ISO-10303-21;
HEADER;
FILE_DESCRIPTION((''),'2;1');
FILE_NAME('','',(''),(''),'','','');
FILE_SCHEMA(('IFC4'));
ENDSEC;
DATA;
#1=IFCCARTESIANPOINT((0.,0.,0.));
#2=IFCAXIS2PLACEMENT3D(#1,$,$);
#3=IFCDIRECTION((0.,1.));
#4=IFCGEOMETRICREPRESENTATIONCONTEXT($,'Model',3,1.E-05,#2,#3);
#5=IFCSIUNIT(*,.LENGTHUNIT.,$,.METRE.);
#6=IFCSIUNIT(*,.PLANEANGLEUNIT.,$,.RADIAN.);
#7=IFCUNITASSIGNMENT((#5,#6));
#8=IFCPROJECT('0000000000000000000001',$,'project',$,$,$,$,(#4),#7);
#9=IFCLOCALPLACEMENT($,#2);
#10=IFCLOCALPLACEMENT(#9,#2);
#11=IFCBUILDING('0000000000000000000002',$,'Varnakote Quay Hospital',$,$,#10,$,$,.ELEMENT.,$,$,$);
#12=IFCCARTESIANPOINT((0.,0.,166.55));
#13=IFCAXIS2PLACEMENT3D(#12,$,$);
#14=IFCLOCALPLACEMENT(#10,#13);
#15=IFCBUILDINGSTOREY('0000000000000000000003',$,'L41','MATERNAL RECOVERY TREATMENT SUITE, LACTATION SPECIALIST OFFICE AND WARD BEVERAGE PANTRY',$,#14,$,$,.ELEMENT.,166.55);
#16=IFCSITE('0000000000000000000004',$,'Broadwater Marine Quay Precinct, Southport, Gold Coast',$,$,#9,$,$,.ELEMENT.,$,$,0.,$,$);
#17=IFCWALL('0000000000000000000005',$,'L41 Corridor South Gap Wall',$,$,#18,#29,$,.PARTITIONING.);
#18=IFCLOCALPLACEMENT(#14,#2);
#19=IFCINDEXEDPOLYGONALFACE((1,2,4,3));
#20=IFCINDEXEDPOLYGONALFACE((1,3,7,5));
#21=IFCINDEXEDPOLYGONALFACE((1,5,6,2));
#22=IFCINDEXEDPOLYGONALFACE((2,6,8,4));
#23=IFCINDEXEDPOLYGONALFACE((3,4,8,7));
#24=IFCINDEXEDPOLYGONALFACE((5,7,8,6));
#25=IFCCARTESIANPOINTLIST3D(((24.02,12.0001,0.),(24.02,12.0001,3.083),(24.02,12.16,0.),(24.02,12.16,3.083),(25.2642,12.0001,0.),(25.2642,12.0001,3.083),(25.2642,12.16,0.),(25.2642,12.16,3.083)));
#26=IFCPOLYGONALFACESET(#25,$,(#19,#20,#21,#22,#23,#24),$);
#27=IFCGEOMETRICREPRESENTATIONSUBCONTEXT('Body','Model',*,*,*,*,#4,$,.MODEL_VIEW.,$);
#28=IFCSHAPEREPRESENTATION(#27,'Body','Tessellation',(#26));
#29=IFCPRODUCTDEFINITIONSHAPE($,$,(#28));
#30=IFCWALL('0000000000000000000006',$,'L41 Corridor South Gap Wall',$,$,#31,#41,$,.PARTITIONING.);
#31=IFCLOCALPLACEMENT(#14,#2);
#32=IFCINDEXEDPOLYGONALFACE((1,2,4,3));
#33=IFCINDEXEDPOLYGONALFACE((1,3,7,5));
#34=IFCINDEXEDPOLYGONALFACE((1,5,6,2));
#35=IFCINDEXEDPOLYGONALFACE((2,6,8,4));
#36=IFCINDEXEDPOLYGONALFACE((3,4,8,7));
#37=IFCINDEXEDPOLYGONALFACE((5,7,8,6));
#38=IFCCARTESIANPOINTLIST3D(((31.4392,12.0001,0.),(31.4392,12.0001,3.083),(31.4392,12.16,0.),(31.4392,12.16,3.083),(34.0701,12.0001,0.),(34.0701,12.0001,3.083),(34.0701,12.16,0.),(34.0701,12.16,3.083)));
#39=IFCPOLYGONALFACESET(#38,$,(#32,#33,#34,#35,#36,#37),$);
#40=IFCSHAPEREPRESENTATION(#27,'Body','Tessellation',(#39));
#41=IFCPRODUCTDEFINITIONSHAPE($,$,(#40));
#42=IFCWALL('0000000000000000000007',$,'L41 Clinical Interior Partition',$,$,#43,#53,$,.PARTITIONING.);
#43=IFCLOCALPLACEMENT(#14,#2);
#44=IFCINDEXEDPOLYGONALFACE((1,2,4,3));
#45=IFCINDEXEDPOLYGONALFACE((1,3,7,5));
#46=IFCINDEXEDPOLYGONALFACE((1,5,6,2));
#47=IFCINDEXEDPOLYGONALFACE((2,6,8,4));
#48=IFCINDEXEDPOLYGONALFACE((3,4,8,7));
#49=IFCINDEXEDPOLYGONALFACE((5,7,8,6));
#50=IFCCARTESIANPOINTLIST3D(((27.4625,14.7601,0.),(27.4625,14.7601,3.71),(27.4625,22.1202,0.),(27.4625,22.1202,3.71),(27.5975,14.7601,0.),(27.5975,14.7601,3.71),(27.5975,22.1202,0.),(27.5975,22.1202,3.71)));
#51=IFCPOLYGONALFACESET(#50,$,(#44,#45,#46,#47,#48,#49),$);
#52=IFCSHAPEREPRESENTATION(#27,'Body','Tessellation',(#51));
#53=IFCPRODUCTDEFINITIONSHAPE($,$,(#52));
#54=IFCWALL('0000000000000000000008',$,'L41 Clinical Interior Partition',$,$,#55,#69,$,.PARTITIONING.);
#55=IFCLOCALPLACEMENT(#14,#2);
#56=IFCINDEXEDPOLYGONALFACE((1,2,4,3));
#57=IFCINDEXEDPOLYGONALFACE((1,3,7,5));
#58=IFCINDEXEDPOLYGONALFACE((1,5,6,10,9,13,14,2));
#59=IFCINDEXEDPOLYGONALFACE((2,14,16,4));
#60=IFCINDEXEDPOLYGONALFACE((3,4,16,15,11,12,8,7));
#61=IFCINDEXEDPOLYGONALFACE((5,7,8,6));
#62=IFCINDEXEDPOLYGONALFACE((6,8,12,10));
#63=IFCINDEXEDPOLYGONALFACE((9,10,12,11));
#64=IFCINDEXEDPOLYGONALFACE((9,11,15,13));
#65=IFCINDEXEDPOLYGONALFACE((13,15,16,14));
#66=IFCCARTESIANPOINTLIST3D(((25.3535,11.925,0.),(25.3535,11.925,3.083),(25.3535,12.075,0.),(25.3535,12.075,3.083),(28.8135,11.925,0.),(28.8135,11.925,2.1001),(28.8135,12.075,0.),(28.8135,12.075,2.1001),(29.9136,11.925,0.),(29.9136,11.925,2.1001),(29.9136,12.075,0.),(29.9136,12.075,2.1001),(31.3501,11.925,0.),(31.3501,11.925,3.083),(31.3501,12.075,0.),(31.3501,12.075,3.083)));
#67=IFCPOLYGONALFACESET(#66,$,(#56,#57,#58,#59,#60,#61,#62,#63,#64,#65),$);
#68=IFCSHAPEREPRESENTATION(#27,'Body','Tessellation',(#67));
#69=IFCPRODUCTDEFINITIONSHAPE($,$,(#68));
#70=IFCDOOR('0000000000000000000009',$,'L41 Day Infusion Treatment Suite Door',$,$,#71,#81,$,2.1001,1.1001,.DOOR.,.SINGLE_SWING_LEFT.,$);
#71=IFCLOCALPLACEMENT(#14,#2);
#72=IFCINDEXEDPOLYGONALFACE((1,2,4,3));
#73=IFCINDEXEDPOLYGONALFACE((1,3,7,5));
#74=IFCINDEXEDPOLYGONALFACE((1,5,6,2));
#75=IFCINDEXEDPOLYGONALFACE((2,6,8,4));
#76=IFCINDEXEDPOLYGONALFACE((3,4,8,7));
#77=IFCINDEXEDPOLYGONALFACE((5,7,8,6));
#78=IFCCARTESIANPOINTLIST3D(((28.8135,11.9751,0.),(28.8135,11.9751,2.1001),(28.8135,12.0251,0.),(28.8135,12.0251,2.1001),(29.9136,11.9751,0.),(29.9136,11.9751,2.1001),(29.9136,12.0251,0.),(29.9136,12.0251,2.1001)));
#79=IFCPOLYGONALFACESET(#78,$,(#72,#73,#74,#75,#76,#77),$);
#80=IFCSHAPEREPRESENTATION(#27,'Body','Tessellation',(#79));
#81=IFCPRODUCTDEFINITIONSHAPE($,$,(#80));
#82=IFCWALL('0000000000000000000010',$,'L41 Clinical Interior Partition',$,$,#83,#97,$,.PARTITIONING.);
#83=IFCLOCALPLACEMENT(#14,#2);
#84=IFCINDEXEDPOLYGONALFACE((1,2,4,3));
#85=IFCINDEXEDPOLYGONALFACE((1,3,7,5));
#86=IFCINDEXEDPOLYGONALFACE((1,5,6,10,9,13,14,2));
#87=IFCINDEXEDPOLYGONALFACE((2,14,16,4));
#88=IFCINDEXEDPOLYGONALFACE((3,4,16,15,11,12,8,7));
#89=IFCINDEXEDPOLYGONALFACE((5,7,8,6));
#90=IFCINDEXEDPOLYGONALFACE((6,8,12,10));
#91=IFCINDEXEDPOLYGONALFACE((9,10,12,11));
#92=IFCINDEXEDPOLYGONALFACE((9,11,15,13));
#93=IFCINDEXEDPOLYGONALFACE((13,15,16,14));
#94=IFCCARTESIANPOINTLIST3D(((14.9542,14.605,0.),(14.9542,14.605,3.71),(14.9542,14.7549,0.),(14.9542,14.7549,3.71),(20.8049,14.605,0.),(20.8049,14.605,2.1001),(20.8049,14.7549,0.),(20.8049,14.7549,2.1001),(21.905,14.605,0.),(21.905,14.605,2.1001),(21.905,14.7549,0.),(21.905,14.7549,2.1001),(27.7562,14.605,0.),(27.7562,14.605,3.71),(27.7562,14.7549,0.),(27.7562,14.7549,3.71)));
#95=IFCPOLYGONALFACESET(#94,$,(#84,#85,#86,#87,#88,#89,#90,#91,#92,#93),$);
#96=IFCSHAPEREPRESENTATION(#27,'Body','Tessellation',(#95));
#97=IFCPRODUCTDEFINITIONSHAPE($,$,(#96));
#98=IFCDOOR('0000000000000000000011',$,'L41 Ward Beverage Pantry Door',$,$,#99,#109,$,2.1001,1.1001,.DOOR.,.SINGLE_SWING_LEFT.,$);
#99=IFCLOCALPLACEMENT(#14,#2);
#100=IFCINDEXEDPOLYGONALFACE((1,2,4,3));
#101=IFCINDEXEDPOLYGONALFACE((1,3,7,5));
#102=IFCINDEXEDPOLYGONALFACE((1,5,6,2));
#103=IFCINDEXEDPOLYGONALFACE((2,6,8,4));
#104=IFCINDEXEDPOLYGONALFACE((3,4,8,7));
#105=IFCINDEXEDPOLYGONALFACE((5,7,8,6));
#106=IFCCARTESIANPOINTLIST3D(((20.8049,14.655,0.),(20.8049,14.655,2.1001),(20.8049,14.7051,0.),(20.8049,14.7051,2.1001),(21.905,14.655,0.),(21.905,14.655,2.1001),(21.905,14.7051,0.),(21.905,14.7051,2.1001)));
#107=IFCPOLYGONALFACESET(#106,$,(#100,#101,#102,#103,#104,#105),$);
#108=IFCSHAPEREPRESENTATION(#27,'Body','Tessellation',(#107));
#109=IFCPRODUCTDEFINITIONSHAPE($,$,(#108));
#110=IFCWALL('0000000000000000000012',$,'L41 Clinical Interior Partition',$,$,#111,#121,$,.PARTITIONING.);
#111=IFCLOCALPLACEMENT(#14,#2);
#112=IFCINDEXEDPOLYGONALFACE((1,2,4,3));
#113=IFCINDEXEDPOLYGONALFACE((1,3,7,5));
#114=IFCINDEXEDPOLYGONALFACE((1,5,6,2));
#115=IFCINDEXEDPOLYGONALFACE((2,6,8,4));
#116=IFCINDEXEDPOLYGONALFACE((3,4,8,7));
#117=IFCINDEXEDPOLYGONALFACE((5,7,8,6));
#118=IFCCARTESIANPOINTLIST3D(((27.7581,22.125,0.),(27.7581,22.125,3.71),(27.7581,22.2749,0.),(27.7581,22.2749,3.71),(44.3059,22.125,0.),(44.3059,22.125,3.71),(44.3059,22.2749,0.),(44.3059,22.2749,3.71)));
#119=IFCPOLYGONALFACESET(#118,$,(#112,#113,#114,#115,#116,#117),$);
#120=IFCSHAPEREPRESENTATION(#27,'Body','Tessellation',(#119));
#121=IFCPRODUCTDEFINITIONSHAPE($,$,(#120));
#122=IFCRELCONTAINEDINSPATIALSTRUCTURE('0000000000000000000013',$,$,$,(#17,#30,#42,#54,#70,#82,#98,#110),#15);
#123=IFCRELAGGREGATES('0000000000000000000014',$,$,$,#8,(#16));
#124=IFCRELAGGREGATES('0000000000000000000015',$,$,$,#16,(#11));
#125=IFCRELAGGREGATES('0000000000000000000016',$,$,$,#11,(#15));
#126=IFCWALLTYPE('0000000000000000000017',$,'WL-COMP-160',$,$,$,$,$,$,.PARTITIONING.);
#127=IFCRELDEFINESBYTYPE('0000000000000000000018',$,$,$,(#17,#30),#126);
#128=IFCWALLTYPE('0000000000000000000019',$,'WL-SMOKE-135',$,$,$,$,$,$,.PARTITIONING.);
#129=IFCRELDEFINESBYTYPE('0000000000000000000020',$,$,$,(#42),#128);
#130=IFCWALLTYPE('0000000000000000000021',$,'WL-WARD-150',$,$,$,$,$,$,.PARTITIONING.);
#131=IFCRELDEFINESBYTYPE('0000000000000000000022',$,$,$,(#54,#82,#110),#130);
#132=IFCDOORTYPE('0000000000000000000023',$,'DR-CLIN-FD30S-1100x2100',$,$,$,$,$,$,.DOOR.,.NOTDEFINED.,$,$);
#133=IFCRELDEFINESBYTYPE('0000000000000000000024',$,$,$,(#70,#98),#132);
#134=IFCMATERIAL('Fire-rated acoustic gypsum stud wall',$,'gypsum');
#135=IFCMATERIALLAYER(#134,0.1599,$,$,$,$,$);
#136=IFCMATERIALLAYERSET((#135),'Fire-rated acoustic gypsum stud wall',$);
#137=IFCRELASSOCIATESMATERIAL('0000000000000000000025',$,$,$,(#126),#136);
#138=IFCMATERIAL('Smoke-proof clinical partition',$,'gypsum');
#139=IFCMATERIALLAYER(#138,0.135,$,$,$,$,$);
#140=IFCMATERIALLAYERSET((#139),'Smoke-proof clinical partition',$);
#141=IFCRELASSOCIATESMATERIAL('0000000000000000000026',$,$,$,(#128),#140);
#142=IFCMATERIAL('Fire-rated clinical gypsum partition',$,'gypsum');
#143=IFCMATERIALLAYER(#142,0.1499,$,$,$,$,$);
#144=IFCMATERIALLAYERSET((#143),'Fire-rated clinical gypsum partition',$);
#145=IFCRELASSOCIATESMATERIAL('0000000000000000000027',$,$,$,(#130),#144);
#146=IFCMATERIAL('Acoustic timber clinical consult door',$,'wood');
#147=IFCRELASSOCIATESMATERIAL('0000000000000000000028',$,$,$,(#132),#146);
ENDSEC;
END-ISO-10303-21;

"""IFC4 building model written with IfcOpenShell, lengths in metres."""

from ifc_helpers import new_model, si_unit, direction, frame, frame_2d, origin, place, context, subcontext, project, spatial, rectangle, extrude, material, layer, layer_set, type_object, element, fill, save


model = new_model("IFC4")

# Units and contexts
model_context = context("Model", 3, precision=1e-05, world=origin(), true_north=direction((0.0, 1.0)))
body_context = subcontext(model_context, "Body", "Model", "MODEL_VIEW")
ifc_project = project(units=[si_unit("LENGTHUNIT", "METRE"), si_unit("PLANEANGLEUNIT", "RADIAN")], contexts=[model_context])

# Site, building, storey
site_placement = place(None, origin())
site = spatial("IfcSite", under=ifc_project, at=site_placement, Name="Broadwater Marine Quay Precinct, Southport, Gold Coast", CompositionType="ELEMENT", RefElevation=0.0)
building_placement = place(site_placement, origin())
building = spatial("IfcBuilding", under=site, at=building_placement, Name="Varnakote Quay Hospital", CompositionType="ELEMENT")
storey_placement = place(building_placement, frame((0.0, 0.0, 166.55)))
storey = spatial("IfcBuildingStorey", under=building, at=storey_placement, Name="L41", Description="MATERNAL RECOVERY TREATMENT SUITE, LACTATION SPECIALIST OFFICE AND WARD BEVERAGE PANTRY", CompositionType="ELEMENT", Elevation=166.55)

# Walls
ifc_material_1 = material(Name="Fire-rated acoustic gypsum stud wall", Category="gypsum")
ifc_layer_1 = layer(ifc_material_1, 0.1599)
ifc_layer_set_1 = layer_set([ifc_layer_1], Name="Fire-rated acoustic gypsum stud wall")
wall_type_1 = type_object("IfcWallType", Name="WL-COMP-160", PredefinedType="PARTITIONING", material=ifc_layer_set_1)
wall_1_placement = place(storey_placement, frame((24.02, 12.0801, 0.0), z_axis=(0.0, 0.0, 1.0), x_axis=(1.0, 0.0, 0.0)))
element("IfcWall", 1, at=wall_1_placement, inside=storey, type_object=wall_type_1, Name="L41 Corridor South Gap Wall", PredefinedType="PARTITIONING", context=body_context, shape_type="SweptSolid", body=[
    extrude(rectangle(XDim=1.2441, YDim=0.1599, at=frame_2d((0.6221, 0.0))), origin(), (0.0, 0.0, 1.0), 3.083),
])
wall_2_placement = place(storey_placement, frame((31.4392, 12.0801, 0.0), z_axis=(0.0, 0.0, 1.0), x_axis=(1.0, 0.0, 0.0)))
element("IfcWall", 2, at=wall_2_placement, inside=storey, type_object=wall_type_1, Name="L41 Corridor South Gap Wall", PredefinedType="PARTITIONING", context=body_context, shape_type="SweptSolid", body=[
    extrude(rectangle(XDim=2.6309, YDim=0.1599, at=frame_2d((1.3154, 0.0))), origin(), (0.0, 0.0, 1.0), 3.083),
])
ifc_material_2 = material(Name="Smoke-proof clinical partition", Category="gypsum")
ifc_layer_2 = layer(ifc_material_2, 0.135)
ifc_layer_set_2 = layer_set([ifc_layer_2], Name="Smoke-proof clinical partition")
wall_type_2 = type_object("IfcWallType", Name="WL-SMOKE-135", PredefinedType="PARTITIONING", material=ifc_layer_set_2)
wall_3_placement = place(storey_placement, frame((27.53, 14.76, 0.0), z_axis=(0.0, 0.0, 1.0), x_axis=(0.0, 1.0, 0.0)))
element("IfcWall", 3, at=wall_3_placement, inside=storey, type_object=wall_type_2, Name="L41 Clinical Interior Partition", PredefinedType="PARTITIONING", context=body_context, shape_type="SweptSolid", body=[
    extrude(rectangle(XDim=7.3601, YDim=0.135, at=frame_2d((3.6802, 0.0))), origin(), (0.0, 0.0, 1.0), 3.71),
])

# Walls, openings, doors
ifc_material_3 = material(Name="Fire-rated clinical gypsum partition", Category="gypsum")
ifc_layer_3 = layer(ifc_material_3, 0.1499)
ifc_layer_set_3 = layer_set([ifc_layer_3], Name="Fire-rated clinical gypsum partition")
wall_type_3 = type_object("IfcWallType", Name="WL-WARD-150", PredefinedType="PARTITIONING", material=ifc_layer_set_3)
wall_4_placement = place(storey_placement, frame((31.3501, 12.0, 0.0), z_axis=(0.0, 0.0, 1.0), x_axis=(-1.0, 0.0, 0.0)))
wall_4 = element("IfcWall", 4, at=wall_4_placement, inside=storey, type_object=wall_type_3, Name="L41 Clinical Interior Partition", PredefinedType="PARTITIONING", context=body_context, shape_type="SweptSolid", body=[
    extrude(rectangle(XDim=5.9966, YDim=0.1499, at=frame_2d((2.9983, 0.0))), origin(), (0.0, 0.0, 1.0), 3.083),
])
opening_1_placement = place(wall_4_placement, frame((1.4365, 0.0, 0.0)))
opening_1 = element("IfcOpeningElement", 5, at=opening_1_placement, cuts=wall_4, PredefinedType="OPENING", context=body_context, shape_type="SweptSolid", body=[
    extrude(rectangle(XDim=1.1001, YDim=2.1001, at=frame_2d((0.55, 1.05))), frame((0.0, 0.085, 0.0), z_axis=(0.0, -1.0, 0.0), x_axis=(1.0, 0.0, 0.0)), (0.0, 0.0, 1.0), 0.1699),
])
ifc_material_4 = material(Name="Acoustic timber clinical consult door", Category="wood")
door_type = type_object("IfcDoorType", Name="DR-CLIN-FD30S-1100x2100", OperationType="NOTDEFINED", PredefinedType="DOOR", material=ifc_material_4)
door_1_placement = place(opening_1_placement, origin())
door_1 = element("IfcDoor", 6, at=door_1_placement, inside=storey, type_object=door_type, Name="L41 Day Infusion Treatment Suite Door", OperationType="SINGLE_SWING_LEFT", OverallHeight=2.1001, OverallWidth=1.1001, PredefinedType="DOOR", context=body_context, shape_type="SweptSolid", body=[
    extrude(rectangle(XDim=1.1001, YDim=2.1001, at=frame_2d((0.55, 1.05))), frame((0.0, 0.0249, 0.0), z_axis=(0.0, -1.0, 0.0), x_axis=(1.0, 0.0, 0.0)), (0.0, 0.0, 1.0), 0.05),
])
fill(opening_1, door_1)
wall_5_placement = place(storey_placement, frame((27.7561, 14.6799, 0.0), z_axis=(0.0, 0.0, 1.0), x_axis=(-1.0, 0.0, 0.0)))
wall_5 = element("IfcWall", 7, at=wall_5_placement, inside=storey, type_object=wall_type_3, Name="L41 Clinical Interior Partition", PredefinedType="PARTITIONING", context=body_context, shape_type="SweptSolid", body=[
    extrude(rectangle(XDim=12.802, YDim=0.1499, at=frame_2d((6.4009, 0.0))), origin(), (0.0, 0.0, 1.0), 3.71),
])
opening_2_placement = place(wall_5_placement, frame((5.8511, 0.0, 0.0)))
opening_2 = element("IfcOpeningElement", 8, at=opening_2_placement, cuts=wall_5, PredefinedType="OPENING", context=body_context, shape_type="SweptSolid", body=[
    extrude(rectangle(XDim=1.1001, YDim=2.1001, at=frame_2d((0.55, 1.05))), frame((0.0, 0.085, 0.0), z_axis=(0.0, -1.0, 0.0), x_axis=(1.0, 0.0, 0.0)), (0.0, 0.0, 1.0), 0.1699),
])
door_2_placement = place(opening_2_placement, origin())
door_2 = element("IfcDoor", 9, at=door_2_placement, inside=storey, type_object=door_type, Name="L41 Ward Beverage Pantry Door", OperationType="SINGLE_SWING_LEFT", OverallHeight=2.1001, OverallWidth=1.1001, PredefinedType="DOOR", context=body_context, shape_type="SweptSolid", body=[
    extrude(rectangle(XDim=1.1001, YDim=2.1001, at=frame_2d((0.55, 1.05))), frame((0.0, 0.0249, 0.0), z_axis=(0.0, -1.0, 0.0), x_axis=(1.0, 0.0, 0.0)), (0.0, 0.0, 1.0), 0.05),
])
fill(opening_2, door_2)

# Wall
wall_6_placement = place(storey_placement, frame((27.7581, 22.2, 0.0), z_axis=(0.0, 0.0, 1.0), x_axis=(1.0, 0.0, 0.0)))
element("IfcWall", 10, at=wall_6_placement, inside=storey, type_object=wall_type_3, Name="L41 Clinical Interior Partition", PredefinedType="PARTITIONING", context=body_context, shape_type="SweptSolid", body=[
    extrude(rectangle(XDim=16.5479, YDim=0.1499, at=frame_2d((8.2739, 0.0))), origin(), (0.0, 0.0, 1.0), 3.71),
])

save(model, "model.ifc")
